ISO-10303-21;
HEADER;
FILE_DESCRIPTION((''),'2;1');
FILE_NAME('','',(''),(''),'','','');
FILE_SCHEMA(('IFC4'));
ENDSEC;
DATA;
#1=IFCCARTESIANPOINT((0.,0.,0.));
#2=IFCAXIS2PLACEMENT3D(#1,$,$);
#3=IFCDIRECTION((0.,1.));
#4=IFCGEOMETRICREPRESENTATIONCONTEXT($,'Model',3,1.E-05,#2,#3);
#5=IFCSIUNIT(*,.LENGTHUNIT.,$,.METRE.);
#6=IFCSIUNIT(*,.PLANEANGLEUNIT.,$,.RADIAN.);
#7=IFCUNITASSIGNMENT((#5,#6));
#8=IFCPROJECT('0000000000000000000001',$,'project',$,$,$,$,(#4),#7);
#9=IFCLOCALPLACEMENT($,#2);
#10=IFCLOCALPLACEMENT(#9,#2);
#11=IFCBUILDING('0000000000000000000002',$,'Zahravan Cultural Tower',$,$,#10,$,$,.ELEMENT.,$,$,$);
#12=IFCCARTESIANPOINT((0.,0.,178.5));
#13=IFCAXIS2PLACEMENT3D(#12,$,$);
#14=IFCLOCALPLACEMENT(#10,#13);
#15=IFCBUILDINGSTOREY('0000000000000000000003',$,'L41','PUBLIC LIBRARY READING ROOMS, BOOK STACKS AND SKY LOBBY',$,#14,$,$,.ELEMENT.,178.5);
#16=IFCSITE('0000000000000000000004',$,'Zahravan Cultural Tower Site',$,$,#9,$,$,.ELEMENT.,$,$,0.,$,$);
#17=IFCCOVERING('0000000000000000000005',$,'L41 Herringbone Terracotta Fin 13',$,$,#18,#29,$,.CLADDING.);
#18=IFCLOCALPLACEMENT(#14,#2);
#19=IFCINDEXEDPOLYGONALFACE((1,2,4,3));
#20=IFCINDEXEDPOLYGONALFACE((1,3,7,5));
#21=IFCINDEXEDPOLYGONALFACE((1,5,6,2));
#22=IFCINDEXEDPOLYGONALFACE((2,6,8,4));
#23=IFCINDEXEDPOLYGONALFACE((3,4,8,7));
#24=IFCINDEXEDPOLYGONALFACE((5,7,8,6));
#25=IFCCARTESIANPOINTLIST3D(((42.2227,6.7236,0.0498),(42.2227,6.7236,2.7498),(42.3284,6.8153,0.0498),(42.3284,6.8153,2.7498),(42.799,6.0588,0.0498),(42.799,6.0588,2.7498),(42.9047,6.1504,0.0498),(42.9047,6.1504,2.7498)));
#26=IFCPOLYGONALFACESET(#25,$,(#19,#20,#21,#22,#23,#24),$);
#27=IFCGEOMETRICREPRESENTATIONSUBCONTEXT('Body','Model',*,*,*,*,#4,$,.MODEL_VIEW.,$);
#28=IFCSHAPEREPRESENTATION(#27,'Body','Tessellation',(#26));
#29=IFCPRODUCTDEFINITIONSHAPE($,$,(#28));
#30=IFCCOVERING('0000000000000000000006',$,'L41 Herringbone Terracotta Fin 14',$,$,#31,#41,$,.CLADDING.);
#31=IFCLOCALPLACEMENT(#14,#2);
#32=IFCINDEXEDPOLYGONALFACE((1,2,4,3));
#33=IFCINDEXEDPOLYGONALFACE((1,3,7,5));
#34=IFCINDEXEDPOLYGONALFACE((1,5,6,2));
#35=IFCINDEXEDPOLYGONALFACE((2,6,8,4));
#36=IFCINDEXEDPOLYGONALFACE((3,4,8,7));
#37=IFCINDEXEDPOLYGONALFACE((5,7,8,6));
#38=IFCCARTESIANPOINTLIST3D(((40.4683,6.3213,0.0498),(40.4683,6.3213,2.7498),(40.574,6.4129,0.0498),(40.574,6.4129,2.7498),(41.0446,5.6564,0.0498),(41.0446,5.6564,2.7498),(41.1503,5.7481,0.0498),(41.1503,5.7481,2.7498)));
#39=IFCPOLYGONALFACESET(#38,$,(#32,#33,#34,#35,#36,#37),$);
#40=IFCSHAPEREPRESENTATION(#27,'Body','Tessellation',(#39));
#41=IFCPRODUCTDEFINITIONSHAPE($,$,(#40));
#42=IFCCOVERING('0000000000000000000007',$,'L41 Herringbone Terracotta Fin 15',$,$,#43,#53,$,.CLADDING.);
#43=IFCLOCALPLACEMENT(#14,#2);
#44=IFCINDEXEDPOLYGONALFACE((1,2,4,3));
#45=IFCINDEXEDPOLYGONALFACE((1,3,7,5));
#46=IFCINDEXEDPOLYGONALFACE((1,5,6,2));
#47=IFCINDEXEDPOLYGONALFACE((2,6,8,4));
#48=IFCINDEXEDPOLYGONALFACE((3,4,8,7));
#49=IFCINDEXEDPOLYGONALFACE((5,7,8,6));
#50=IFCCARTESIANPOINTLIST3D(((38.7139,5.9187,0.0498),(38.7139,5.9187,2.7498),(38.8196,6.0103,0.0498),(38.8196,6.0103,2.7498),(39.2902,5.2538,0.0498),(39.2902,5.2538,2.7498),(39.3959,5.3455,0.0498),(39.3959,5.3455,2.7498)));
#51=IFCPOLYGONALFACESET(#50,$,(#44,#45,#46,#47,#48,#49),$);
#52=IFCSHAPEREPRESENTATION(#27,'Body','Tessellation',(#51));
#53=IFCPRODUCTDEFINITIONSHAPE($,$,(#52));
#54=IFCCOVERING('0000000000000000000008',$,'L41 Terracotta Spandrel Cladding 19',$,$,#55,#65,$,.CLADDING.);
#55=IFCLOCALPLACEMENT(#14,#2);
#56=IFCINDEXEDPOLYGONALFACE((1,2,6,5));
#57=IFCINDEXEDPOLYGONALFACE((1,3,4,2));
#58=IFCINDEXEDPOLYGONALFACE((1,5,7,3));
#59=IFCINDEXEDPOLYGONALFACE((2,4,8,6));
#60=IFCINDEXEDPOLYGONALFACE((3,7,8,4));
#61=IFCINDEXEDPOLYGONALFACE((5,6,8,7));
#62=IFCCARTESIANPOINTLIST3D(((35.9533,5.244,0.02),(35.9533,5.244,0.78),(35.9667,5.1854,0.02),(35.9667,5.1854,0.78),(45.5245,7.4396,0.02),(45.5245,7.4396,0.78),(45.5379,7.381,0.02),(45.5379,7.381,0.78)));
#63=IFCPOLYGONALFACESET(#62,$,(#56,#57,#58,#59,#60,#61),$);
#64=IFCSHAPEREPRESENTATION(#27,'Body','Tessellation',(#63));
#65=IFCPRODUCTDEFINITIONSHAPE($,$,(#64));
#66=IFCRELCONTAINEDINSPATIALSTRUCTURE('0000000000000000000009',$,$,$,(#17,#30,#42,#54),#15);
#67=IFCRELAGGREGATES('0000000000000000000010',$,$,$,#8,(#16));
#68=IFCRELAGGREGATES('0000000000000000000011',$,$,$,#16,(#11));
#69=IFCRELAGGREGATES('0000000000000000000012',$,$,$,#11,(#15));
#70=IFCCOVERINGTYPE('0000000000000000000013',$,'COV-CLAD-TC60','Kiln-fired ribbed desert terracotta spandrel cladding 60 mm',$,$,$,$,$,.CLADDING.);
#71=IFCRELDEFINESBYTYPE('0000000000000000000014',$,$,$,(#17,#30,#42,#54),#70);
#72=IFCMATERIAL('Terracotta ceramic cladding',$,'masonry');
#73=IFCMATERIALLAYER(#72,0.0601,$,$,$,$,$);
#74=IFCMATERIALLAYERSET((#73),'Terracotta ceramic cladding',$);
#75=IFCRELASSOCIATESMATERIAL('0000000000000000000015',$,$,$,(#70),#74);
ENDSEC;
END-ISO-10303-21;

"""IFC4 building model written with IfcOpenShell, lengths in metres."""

from ifc_helpers import new_model, si_unit, direction, frame, origin, origin_2d, place, context, subcontext, project, spatial, rectangle, extrude, source, transform, mapped, material, layer, layer_set, type_object, element, save


model = new_model("IFC4")

# Units and contexts
model_context = context("Model", 3, precision=1e-05, world=origin(), true_north=direction((0.0, 1.0)))
body_context = subcontext(model_context, "Body", "Model", "MODEL_VIEW")
ifc_project = project(units=[si_unit("LENGTHUNIT", "METRE"), si_unit("PLANEANGLEUNIT", "RADIAN")], contexts=[model_context])

# Site, building, storey
site_placement = place(None, origin())
site = spatial("IfcSite", under=ifc_project, at=site_placement, Name="Zahravan Cultural Tower Site", CompositionType="ELEMENT", RefElevation=0.0)
building_placement = place(site_placement, origin())
building = spatial("IfcBuilding", under=site, at=building_placement, Name="Zahravan Cultural Tower", CompositionType="ELEMENT")
storey_placement = place(building_placement, frame((0.0, 0.0, 178.5)))
storey = spatial("IfcBuildingStorey", under=building, at=storey_placement, Name="L41", Description="PUBLIC LIBRARY READING ROOMS, BOOK STACKS AND SKY LOBBY", CompositionType="ELEMENT", Elevation=178.5)

# Coverings
ifc_material_1 = material(Name="Terracotta ceramic cladding", Category="masonry")
ifc_layer_1 = layer(ifc_material_1, 0.0601)
ifc_layer_set_1 = layer_set([ifc_layer_1], Name="Terracotta ceramic cladding")
covering_type = type_object("IfcCoveringType", Name="COV-CLAD-TC60", Description="Kiln-fired ribbed desert terracotta spandrel cladding 60 mm", PredefinedType="CLADDING", material=ifc_layer_set_1)
shared_shape_1 = source(origin(), body_context, "Body", "SweptSolid", [
    extrude(rectangle(XDim=0.8799, YDim=0.1399, at=origin_2d()), origin(), (0.0, 0.0, 1.0), 2.7),
])
for number, where, z_axis, x_axis, name in (
    (1, (42.5637, 6.437, 0.0498), (0.0, 0.0, 1.0), (0.655005, -0.755625, 0.0), "L41 Herringbone Terracotta Fin 13"),
    (2, (40.8093, 6.0347, 0.0498), (0.0, 0.0, 1.0), (0.655005, -0.755625, 0.0), "L41 Herringbone Terracotta Fin 14"),
    (3, (39.0549, 5.6321, 0.0498), (0.0, 0.0, 1.0), (0.655005, -0.755625, 0.0), "L41 Herringbone Terracotta Fin 15"),
):
    element("IfcCovering", number, at=place(storey_placement, frame(where, z_axis=z_axis, x_axis=x_axis)), inside=storey, type_object=covering_type, Name=name, PredefinedType="CLADDING", context=body_context, shape_type="MappedRepresentation", body=[
        mapped(shared_shape_1, transform((0.0, 0.0, 0.0), x_axis=(1.0, 0.0, 0.0), y_axis=(0.0, 1.0, 0.0), z_axis=(0.0, 0.0, 1.0), scale=1.0)),
    ])
shared_shape_2 = source(origin(), body_context, "Body", "SweptSolid", [
    extrude(rectangle(XDim=9.8198, YDim=0.0601, at=origin_2d()), origin(), (0.0, 0.0, 1.0), 0.76),
])
covering_placement = place(storey_placement, frame((40.7456, 6.3125, 0.02), z_axis=(0.0, 0.0, 1.0), x_axis=(-0.974683, -0.22359, 0.0)))
element("IfcCovering", 4, at=covering_placement, inside=storey, type_object=covering_type, Name="L41 Terracotta Spandrel Cladding 19", PredefinedType="CLADDING", context=body_context, shape_type="MappedRepresentation", body=[
    mapped(shared_shape_2, transform((0.0, 0.0, 0.0), x_axis=(1.0, 0.0, 0.0), y_axis=(0.0, 1.0, 0.0), z_axis=(0.0, 0.0, 1.0), scale=1.0)),
])

save(model, "model.ifc")
